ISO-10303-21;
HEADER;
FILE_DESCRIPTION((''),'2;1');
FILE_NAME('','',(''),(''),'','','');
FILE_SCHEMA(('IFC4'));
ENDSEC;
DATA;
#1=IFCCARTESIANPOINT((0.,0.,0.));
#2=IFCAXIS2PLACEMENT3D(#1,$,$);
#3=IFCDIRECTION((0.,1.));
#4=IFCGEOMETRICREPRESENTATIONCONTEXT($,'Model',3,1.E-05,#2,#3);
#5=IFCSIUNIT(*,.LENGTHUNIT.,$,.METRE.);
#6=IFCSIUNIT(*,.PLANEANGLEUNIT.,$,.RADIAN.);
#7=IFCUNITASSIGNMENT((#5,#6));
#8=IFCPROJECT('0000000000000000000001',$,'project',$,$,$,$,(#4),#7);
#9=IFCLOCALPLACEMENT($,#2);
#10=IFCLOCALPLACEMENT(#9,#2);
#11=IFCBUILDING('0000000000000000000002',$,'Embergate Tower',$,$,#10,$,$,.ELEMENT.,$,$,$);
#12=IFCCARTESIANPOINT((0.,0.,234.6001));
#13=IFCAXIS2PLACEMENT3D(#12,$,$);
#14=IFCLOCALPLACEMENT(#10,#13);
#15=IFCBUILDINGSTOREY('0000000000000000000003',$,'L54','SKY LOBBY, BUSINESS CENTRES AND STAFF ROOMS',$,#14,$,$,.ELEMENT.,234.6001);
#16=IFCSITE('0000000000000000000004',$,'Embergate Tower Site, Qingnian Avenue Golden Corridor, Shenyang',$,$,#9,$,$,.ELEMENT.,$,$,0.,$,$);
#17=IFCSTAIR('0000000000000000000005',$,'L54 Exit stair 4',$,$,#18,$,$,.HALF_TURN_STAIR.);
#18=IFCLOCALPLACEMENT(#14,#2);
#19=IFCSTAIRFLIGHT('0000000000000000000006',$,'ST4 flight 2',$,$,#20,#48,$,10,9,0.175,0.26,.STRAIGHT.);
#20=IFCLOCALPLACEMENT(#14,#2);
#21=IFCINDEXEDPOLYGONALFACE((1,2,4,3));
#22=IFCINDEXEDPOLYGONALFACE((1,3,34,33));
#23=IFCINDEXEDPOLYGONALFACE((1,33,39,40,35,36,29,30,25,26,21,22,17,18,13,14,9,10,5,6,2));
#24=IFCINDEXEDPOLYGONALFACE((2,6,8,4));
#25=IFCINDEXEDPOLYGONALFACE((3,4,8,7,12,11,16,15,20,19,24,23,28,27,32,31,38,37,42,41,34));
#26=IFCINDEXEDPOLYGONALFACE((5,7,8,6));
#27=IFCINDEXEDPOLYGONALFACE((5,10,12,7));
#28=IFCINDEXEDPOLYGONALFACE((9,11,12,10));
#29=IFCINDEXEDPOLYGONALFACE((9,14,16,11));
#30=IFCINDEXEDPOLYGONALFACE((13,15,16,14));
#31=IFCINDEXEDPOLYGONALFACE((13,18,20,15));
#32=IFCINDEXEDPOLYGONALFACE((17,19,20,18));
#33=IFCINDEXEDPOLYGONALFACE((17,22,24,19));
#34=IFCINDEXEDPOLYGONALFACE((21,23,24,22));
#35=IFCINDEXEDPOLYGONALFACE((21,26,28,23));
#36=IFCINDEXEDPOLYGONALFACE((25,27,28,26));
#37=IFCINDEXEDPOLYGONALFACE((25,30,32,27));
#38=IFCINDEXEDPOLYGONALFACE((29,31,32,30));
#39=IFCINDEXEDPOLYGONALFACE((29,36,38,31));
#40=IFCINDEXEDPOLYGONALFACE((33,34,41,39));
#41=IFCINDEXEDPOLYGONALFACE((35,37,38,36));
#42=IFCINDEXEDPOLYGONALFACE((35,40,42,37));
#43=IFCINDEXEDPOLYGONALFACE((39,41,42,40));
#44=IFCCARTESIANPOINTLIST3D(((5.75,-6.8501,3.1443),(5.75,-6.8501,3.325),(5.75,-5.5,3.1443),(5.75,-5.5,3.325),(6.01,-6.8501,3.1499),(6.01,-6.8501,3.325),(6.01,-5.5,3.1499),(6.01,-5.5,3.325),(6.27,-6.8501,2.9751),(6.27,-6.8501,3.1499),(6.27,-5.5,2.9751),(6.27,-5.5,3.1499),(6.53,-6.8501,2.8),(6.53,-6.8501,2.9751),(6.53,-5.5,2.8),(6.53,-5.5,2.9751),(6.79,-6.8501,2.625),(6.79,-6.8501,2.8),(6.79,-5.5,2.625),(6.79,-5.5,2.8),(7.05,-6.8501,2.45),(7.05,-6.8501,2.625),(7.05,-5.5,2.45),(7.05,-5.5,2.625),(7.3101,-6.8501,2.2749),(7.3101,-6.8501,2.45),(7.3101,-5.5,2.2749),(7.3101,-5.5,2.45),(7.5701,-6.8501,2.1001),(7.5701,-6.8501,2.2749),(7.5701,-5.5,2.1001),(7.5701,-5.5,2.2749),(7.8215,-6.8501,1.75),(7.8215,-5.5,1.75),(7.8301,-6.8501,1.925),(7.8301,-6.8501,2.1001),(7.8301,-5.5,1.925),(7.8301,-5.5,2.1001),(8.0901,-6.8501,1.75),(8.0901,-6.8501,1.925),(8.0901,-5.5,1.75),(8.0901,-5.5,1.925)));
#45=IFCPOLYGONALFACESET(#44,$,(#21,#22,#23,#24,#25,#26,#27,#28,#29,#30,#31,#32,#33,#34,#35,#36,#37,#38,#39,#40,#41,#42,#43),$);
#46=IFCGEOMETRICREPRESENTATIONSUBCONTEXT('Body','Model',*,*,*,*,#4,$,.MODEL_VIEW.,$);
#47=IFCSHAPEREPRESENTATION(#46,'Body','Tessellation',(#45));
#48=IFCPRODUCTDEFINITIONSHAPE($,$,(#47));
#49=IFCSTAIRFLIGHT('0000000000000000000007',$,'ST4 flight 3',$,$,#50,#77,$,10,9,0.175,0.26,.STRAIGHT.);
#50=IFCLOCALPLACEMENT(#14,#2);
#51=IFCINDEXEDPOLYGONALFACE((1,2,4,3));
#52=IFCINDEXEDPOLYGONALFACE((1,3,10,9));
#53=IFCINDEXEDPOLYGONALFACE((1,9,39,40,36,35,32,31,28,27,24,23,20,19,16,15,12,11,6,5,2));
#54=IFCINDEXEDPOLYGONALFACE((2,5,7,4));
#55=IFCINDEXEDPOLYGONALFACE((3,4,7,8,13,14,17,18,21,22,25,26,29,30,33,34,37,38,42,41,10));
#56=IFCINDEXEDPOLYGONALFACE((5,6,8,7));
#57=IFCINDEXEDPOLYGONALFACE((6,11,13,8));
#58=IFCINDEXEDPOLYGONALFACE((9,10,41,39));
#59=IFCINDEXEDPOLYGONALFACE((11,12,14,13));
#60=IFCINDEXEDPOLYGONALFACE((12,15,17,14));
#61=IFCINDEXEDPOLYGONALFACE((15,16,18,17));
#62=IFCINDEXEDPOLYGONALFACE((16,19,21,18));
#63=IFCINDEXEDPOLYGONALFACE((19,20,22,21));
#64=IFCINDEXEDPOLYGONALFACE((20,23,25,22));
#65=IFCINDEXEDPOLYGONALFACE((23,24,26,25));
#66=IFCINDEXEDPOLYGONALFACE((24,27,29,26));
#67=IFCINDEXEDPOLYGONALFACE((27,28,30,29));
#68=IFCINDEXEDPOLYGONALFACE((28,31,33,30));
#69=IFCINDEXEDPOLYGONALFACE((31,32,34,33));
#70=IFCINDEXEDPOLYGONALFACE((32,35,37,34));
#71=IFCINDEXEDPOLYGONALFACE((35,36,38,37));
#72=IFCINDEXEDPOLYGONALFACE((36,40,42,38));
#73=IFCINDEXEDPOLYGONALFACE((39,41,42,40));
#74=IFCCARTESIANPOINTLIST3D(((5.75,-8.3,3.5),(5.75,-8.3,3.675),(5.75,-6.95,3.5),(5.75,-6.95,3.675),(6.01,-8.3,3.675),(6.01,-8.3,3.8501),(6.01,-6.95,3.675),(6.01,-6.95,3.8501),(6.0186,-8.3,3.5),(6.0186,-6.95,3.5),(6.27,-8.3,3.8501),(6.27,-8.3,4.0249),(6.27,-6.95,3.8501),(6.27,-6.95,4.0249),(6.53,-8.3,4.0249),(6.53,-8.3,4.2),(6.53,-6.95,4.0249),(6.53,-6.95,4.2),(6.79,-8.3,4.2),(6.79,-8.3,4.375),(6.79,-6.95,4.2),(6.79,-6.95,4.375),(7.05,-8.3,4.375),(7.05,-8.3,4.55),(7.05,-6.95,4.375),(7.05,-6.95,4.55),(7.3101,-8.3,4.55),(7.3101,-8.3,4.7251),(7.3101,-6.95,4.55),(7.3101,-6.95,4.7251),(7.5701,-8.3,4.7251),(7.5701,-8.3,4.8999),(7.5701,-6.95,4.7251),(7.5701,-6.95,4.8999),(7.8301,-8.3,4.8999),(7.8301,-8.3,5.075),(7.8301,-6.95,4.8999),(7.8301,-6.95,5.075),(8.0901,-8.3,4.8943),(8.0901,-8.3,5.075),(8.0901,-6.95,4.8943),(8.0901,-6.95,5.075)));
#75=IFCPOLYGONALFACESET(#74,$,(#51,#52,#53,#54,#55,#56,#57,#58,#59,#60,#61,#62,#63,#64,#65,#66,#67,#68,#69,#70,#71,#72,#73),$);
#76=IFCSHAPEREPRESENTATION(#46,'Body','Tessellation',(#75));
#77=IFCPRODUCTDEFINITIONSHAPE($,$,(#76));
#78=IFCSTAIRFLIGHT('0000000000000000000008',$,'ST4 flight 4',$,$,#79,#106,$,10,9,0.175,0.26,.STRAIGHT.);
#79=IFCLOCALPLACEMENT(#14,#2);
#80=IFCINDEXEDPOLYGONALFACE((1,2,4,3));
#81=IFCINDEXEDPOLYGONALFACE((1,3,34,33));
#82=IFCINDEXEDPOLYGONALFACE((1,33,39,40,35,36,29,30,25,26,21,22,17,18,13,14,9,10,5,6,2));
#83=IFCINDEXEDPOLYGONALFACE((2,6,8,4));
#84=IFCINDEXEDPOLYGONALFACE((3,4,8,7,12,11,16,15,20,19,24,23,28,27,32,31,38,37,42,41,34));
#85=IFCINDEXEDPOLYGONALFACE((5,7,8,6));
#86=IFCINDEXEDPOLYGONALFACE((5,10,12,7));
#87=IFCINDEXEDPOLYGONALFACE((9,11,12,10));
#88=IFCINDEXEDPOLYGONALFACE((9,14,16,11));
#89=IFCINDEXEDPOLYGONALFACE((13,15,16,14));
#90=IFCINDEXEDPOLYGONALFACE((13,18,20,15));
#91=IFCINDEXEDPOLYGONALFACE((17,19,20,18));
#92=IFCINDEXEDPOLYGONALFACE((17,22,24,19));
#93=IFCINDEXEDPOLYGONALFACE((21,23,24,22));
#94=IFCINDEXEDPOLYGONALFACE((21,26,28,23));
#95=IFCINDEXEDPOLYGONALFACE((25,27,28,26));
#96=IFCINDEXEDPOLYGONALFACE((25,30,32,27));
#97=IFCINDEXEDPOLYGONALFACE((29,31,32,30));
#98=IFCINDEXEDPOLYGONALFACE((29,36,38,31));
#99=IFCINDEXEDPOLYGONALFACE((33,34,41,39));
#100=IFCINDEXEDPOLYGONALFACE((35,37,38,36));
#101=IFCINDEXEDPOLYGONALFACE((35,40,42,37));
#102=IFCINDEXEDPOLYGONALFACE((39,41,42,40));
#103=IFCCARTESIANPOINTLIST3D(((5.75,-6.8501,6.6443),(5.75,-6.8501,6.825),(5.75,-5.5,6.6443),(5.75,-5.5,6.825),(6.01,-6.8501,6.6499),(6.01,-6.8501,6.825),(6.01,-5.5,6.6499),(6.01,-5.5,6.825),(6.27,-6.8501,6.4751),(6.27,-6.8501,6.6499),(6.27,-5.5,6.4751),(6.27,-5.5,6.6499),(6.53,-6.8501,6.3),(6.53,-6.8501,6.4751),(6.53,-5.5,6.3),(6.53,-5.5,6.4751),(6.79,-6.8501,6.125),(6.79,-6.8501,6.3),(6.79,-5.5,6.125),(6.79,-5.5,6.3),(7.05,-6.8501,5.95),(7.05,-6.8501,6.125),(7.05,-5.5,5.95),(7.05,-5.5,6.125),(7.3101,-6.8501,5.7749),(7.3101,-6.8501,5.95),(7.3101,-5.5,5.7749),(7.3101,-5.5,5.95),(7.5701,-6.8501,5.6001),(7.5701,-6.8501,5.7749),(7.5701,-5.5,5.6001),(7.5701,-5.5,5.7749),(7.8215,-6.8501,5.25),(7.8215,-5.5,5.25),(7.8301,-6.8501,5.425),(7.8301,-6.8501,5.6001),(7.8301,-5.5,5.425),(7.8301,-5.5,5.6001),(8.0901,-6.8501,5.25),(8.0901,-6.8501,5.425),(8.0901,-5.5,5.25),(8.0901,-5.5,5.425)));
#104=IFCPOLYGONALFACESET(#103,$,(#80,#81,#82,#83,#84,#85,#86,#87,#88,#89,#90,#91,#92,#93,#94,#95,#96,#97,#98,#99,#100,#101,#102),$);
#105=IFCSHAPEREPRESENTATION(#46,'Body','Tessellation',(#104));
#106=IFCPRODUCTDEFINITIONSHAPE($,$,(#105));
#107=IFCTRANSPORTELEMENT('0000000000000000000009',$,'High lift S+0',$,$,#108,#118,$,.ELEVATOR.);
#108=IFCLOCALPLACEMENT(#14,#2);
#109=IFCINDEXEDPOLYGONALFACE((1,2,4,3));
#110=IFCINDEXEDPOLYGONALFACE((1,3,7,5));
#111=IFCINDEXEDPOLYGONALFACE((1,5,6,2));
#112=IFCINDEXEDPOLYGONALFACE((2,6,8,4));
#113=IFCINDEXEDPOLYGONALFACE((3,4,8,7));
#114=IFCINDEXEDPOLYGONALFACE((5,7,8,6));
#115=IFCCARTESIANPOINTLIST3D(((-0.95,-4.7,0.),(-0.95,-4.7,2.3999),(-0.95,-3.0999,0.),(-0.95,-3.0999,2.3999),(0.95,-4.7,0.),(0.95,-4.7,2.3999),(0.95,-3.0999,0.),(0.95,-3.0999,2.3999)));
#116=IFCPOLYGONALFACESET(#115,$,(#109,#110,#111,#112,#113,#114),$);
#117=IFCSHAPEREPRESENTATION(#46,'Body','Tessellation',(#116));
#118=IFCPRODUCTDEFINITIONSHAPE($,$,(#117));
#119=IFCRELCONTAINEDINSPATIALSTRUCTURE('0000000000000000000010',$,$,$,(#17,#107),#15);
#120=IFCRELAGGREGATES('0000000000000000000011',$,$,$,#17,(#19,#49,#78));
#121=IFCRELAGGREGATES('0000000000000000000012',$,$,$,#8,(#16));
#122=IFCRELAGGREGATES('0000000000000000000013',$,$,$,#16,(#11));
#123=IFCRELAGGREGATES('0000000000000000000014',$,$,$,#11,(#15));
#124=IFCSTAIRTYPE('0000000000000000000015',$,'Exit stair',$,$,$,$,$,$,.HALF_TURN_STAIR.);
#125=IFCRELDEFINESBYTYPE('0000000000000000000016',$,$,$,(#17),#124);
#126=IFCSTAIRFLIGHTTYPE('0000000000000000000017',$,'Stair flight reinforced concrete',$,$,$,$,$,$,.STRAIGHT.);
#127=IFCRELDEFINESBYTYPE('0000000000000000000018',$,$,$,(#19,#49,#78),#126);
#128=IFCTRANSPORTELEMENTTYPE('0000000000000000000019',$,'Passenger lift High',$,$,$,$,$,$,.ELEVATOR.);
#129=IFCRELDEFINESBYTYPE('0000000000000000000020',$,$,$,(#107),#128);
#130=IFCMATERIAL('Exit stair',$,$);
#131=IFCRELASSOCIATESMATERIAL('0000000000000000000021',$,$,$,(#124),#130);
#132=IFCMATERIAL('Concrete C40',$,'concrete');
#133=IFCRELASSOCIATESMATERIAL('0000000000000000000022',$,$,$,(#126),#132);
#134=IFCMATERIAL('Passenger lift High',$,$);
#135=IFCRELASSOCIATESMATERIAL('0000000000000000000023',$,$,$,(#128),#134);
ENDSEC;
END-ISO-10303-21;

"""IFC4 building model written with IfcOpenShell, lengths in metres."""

from ifc_helpers import new_model, si_unit, direction, frame, origin, origin_2d, place, context, subcontext, project, spatial, polyline, rectangle, outline, extrude, source, transform, mapped, material, type_object, element, aggregate, save


model = new_model("IFC4")

# Units and contexts
model_context = context("Model", 3, precision=1e-05, world=origin(), true_north=direction((0.0, 1.0)))
body_context = subcontext(model_context, "Body", "Model", "MODEL_VIEW")
ifc_project = project(units=[si_unit("LENGTHUNIT", "METRE"), si_unit("PLANEANGLEUNIT", "RADIAN")], contexts=[model_context])

# Site, building, storey
site_placement = place(None, origin())
site = spatial("IfcSite", under=ifc_project, at=site_placement, Name="Embergate Tower Site, Qingnian Avenue Golden Corridor, Shenyang", CompositionType="ELEMENT", RefElevation=0.0)
building_placement = place(site_placement, origin())
building = spatial("IfcBuilding", under=site, at=building_placement, Name="Embergate Tower", CompositionType="ELEMENT")
storey_placement = place(building_placement, frame((0.0, 0.0, 234.6001)))
storey = spatial("IfcBuildingStorey", under=building, at=storey_placement, Name="L54", Description="SKY LOBBY, BUSINESS CENTRES AND STAFF ROOMS", CompositionType="ELEMENT", Elevation=234.6001)

# Stair, stair flights
ifc_material_1 = material(Name="Exit stair")
stair_type = type_object("IfcStairType", Name="Exit stair", PredefinedType="HALF_TURN_STAIR", material=ifc_material_1)
stair_placement = place(storey_placement, origin())
stair = element("IfcStair", 1, at=stair_placement, inside=storey, type_object=stair_type, Name="L54 Exit stair 4", PredefinedType="HALF_TURN_STAIR")
ifc_material_2 = material(Name="Concrete C40", Category="concrete")
stair_flight_type = type_object("IfcStairFlightType", Name="Stair flight reinforced concrete", PredefinedType="STRAIGHT", material=ifc_material_2)
shared_shape_1 = source(origin(), body_context, "Body", "SweptSolid", [
    extrude(outline(polyline([(0.0, 0.0), (0.0, 0.175), (0.26, 0.175), (0.26, 0.3501), (0.52, 0.3501), (0.52, 0.5249), (0.78, 0.5249), (0.78, 0.7), (1.04, 0.7), (1.04, 0.875), (1.3, 0.875), (1.3, 1.05), (1.5601, 1.05), (1.5601, 1.2251), (1.8201, 1.2251), (1.8201, 1.3999), (2.0801, 1.3999), (2.0801, 1.575), (2.3401, 1.575), (2.3401, 1.75), (2.3401, 1.3943), (0.2686, 0.0), (0.0, 0.0)])), frame((0.0, 0.675, 0.0), z_axis=(0.0, -1.0, 0.0), x_axis=(1.0, 0.0, 0.0)), (0.0, 0.0, 1.0), 1.3501),
])
stair_flight_1_placement = place(storey_placement, frame((8.0901, -6.175, 1.75), z_axis=(0.0, 0.0, 1.0), x_axis=(-1.0, 0.0, 0.0)))
stair_flight_1 = element("IfcStairFlight", 2, at=stair_flight_1_placement, type_object=stair_flight_type, Name="ST4 flight 2", NumberOfRisers=10, NumberOfTreads=9, PredefinedType="STRAIGHT", RiserHeight=0.175, TreadLength=0.26, context=body_context, shape_type="MappedRepresentation", body=[
    mapped(shared_shape_1, transform((0.0, 0.0, 0.0))),
])
stair_flight_2_placement = place(storey_placement, frame((5.75, -7.625, 3.5), z_axis=(0.0, 0.0, 1.0), x_axis=(1.0, 0.0, 0.0)))
stair_flight_2 = element("IfcStairFlight", 3, at=stair_flight_2_placement, type_object=stair_flight_type, Name="ST4 flight 3", NumberOfRisers=10, NumberOfTreads=9, PredefinedType="STRAIGHT", RiserHeight=0.175, TreadLength=0.26, context=body_context, shape_type="MappedRepresentation", body=[
    mapped(shared_shape_1, transform((0.0, 0.0, 0.0))),
])
stair_flight_3_placement = place(storey_placement, frame((8.0901, -6.175, 5.25), z_axis=(0.0, 0.0, 1.0), x_axis=(-1.0, 0.0, 0.0)))
stair_flight_3 = element("IfcStairFlight", 4, at=stair_flight_3_placement, type_object=stair_flight_type, Name="ST4 flight 4", NumberOfRisers=10, NumberOfTreads=9, PredefinedType="STRAIGHT", RiserHeight=0.175, TreadLength=0.26, context=body_context, shape_type="MappedRepresentation", body=[
    mapped(shared_shape_1, transform((0.0, 0.0, 0.0))),
])
aggregate(stair, [stair_flight_1, stair_flight_2, stair_flight_3])

# Transport element
ifc_material_3 = material(Name="Passenger lift High")
transport_element_type = type_object("IfcTransportElementType", Name="Passenger lift High", PredefinedType="ELEVATOR", material=ifc_material_3)
shared_shape_2 = source(origin(), body_context, "Body", "SweptSolid", [
    extrude(rectangle(XDim=1.8999, YDim=1.6001, at=origin_2d()), origin(), (0.0, 0.0, 1.0), 2.3999),
])
transport_element_placement = place(storey_placement, frame((0.0, -3.8999, 0.0), z_axis=(0.0, 0.0, 1.0), x_axis=(1.0, 0.0, 0.0)))
element("IfcTransportElement", 5, at=transport_element_placement, inside=storey, type_object=transport_element_type, Name="High lift S+0", PredefinedType="ELEVATOR", context=body_context, shape_type="MappedRepresentation", body=[
    mapped(shared_shape_2, transform((0.0, 0.0, 0.0))),
])

save(model, "model.ifc")
